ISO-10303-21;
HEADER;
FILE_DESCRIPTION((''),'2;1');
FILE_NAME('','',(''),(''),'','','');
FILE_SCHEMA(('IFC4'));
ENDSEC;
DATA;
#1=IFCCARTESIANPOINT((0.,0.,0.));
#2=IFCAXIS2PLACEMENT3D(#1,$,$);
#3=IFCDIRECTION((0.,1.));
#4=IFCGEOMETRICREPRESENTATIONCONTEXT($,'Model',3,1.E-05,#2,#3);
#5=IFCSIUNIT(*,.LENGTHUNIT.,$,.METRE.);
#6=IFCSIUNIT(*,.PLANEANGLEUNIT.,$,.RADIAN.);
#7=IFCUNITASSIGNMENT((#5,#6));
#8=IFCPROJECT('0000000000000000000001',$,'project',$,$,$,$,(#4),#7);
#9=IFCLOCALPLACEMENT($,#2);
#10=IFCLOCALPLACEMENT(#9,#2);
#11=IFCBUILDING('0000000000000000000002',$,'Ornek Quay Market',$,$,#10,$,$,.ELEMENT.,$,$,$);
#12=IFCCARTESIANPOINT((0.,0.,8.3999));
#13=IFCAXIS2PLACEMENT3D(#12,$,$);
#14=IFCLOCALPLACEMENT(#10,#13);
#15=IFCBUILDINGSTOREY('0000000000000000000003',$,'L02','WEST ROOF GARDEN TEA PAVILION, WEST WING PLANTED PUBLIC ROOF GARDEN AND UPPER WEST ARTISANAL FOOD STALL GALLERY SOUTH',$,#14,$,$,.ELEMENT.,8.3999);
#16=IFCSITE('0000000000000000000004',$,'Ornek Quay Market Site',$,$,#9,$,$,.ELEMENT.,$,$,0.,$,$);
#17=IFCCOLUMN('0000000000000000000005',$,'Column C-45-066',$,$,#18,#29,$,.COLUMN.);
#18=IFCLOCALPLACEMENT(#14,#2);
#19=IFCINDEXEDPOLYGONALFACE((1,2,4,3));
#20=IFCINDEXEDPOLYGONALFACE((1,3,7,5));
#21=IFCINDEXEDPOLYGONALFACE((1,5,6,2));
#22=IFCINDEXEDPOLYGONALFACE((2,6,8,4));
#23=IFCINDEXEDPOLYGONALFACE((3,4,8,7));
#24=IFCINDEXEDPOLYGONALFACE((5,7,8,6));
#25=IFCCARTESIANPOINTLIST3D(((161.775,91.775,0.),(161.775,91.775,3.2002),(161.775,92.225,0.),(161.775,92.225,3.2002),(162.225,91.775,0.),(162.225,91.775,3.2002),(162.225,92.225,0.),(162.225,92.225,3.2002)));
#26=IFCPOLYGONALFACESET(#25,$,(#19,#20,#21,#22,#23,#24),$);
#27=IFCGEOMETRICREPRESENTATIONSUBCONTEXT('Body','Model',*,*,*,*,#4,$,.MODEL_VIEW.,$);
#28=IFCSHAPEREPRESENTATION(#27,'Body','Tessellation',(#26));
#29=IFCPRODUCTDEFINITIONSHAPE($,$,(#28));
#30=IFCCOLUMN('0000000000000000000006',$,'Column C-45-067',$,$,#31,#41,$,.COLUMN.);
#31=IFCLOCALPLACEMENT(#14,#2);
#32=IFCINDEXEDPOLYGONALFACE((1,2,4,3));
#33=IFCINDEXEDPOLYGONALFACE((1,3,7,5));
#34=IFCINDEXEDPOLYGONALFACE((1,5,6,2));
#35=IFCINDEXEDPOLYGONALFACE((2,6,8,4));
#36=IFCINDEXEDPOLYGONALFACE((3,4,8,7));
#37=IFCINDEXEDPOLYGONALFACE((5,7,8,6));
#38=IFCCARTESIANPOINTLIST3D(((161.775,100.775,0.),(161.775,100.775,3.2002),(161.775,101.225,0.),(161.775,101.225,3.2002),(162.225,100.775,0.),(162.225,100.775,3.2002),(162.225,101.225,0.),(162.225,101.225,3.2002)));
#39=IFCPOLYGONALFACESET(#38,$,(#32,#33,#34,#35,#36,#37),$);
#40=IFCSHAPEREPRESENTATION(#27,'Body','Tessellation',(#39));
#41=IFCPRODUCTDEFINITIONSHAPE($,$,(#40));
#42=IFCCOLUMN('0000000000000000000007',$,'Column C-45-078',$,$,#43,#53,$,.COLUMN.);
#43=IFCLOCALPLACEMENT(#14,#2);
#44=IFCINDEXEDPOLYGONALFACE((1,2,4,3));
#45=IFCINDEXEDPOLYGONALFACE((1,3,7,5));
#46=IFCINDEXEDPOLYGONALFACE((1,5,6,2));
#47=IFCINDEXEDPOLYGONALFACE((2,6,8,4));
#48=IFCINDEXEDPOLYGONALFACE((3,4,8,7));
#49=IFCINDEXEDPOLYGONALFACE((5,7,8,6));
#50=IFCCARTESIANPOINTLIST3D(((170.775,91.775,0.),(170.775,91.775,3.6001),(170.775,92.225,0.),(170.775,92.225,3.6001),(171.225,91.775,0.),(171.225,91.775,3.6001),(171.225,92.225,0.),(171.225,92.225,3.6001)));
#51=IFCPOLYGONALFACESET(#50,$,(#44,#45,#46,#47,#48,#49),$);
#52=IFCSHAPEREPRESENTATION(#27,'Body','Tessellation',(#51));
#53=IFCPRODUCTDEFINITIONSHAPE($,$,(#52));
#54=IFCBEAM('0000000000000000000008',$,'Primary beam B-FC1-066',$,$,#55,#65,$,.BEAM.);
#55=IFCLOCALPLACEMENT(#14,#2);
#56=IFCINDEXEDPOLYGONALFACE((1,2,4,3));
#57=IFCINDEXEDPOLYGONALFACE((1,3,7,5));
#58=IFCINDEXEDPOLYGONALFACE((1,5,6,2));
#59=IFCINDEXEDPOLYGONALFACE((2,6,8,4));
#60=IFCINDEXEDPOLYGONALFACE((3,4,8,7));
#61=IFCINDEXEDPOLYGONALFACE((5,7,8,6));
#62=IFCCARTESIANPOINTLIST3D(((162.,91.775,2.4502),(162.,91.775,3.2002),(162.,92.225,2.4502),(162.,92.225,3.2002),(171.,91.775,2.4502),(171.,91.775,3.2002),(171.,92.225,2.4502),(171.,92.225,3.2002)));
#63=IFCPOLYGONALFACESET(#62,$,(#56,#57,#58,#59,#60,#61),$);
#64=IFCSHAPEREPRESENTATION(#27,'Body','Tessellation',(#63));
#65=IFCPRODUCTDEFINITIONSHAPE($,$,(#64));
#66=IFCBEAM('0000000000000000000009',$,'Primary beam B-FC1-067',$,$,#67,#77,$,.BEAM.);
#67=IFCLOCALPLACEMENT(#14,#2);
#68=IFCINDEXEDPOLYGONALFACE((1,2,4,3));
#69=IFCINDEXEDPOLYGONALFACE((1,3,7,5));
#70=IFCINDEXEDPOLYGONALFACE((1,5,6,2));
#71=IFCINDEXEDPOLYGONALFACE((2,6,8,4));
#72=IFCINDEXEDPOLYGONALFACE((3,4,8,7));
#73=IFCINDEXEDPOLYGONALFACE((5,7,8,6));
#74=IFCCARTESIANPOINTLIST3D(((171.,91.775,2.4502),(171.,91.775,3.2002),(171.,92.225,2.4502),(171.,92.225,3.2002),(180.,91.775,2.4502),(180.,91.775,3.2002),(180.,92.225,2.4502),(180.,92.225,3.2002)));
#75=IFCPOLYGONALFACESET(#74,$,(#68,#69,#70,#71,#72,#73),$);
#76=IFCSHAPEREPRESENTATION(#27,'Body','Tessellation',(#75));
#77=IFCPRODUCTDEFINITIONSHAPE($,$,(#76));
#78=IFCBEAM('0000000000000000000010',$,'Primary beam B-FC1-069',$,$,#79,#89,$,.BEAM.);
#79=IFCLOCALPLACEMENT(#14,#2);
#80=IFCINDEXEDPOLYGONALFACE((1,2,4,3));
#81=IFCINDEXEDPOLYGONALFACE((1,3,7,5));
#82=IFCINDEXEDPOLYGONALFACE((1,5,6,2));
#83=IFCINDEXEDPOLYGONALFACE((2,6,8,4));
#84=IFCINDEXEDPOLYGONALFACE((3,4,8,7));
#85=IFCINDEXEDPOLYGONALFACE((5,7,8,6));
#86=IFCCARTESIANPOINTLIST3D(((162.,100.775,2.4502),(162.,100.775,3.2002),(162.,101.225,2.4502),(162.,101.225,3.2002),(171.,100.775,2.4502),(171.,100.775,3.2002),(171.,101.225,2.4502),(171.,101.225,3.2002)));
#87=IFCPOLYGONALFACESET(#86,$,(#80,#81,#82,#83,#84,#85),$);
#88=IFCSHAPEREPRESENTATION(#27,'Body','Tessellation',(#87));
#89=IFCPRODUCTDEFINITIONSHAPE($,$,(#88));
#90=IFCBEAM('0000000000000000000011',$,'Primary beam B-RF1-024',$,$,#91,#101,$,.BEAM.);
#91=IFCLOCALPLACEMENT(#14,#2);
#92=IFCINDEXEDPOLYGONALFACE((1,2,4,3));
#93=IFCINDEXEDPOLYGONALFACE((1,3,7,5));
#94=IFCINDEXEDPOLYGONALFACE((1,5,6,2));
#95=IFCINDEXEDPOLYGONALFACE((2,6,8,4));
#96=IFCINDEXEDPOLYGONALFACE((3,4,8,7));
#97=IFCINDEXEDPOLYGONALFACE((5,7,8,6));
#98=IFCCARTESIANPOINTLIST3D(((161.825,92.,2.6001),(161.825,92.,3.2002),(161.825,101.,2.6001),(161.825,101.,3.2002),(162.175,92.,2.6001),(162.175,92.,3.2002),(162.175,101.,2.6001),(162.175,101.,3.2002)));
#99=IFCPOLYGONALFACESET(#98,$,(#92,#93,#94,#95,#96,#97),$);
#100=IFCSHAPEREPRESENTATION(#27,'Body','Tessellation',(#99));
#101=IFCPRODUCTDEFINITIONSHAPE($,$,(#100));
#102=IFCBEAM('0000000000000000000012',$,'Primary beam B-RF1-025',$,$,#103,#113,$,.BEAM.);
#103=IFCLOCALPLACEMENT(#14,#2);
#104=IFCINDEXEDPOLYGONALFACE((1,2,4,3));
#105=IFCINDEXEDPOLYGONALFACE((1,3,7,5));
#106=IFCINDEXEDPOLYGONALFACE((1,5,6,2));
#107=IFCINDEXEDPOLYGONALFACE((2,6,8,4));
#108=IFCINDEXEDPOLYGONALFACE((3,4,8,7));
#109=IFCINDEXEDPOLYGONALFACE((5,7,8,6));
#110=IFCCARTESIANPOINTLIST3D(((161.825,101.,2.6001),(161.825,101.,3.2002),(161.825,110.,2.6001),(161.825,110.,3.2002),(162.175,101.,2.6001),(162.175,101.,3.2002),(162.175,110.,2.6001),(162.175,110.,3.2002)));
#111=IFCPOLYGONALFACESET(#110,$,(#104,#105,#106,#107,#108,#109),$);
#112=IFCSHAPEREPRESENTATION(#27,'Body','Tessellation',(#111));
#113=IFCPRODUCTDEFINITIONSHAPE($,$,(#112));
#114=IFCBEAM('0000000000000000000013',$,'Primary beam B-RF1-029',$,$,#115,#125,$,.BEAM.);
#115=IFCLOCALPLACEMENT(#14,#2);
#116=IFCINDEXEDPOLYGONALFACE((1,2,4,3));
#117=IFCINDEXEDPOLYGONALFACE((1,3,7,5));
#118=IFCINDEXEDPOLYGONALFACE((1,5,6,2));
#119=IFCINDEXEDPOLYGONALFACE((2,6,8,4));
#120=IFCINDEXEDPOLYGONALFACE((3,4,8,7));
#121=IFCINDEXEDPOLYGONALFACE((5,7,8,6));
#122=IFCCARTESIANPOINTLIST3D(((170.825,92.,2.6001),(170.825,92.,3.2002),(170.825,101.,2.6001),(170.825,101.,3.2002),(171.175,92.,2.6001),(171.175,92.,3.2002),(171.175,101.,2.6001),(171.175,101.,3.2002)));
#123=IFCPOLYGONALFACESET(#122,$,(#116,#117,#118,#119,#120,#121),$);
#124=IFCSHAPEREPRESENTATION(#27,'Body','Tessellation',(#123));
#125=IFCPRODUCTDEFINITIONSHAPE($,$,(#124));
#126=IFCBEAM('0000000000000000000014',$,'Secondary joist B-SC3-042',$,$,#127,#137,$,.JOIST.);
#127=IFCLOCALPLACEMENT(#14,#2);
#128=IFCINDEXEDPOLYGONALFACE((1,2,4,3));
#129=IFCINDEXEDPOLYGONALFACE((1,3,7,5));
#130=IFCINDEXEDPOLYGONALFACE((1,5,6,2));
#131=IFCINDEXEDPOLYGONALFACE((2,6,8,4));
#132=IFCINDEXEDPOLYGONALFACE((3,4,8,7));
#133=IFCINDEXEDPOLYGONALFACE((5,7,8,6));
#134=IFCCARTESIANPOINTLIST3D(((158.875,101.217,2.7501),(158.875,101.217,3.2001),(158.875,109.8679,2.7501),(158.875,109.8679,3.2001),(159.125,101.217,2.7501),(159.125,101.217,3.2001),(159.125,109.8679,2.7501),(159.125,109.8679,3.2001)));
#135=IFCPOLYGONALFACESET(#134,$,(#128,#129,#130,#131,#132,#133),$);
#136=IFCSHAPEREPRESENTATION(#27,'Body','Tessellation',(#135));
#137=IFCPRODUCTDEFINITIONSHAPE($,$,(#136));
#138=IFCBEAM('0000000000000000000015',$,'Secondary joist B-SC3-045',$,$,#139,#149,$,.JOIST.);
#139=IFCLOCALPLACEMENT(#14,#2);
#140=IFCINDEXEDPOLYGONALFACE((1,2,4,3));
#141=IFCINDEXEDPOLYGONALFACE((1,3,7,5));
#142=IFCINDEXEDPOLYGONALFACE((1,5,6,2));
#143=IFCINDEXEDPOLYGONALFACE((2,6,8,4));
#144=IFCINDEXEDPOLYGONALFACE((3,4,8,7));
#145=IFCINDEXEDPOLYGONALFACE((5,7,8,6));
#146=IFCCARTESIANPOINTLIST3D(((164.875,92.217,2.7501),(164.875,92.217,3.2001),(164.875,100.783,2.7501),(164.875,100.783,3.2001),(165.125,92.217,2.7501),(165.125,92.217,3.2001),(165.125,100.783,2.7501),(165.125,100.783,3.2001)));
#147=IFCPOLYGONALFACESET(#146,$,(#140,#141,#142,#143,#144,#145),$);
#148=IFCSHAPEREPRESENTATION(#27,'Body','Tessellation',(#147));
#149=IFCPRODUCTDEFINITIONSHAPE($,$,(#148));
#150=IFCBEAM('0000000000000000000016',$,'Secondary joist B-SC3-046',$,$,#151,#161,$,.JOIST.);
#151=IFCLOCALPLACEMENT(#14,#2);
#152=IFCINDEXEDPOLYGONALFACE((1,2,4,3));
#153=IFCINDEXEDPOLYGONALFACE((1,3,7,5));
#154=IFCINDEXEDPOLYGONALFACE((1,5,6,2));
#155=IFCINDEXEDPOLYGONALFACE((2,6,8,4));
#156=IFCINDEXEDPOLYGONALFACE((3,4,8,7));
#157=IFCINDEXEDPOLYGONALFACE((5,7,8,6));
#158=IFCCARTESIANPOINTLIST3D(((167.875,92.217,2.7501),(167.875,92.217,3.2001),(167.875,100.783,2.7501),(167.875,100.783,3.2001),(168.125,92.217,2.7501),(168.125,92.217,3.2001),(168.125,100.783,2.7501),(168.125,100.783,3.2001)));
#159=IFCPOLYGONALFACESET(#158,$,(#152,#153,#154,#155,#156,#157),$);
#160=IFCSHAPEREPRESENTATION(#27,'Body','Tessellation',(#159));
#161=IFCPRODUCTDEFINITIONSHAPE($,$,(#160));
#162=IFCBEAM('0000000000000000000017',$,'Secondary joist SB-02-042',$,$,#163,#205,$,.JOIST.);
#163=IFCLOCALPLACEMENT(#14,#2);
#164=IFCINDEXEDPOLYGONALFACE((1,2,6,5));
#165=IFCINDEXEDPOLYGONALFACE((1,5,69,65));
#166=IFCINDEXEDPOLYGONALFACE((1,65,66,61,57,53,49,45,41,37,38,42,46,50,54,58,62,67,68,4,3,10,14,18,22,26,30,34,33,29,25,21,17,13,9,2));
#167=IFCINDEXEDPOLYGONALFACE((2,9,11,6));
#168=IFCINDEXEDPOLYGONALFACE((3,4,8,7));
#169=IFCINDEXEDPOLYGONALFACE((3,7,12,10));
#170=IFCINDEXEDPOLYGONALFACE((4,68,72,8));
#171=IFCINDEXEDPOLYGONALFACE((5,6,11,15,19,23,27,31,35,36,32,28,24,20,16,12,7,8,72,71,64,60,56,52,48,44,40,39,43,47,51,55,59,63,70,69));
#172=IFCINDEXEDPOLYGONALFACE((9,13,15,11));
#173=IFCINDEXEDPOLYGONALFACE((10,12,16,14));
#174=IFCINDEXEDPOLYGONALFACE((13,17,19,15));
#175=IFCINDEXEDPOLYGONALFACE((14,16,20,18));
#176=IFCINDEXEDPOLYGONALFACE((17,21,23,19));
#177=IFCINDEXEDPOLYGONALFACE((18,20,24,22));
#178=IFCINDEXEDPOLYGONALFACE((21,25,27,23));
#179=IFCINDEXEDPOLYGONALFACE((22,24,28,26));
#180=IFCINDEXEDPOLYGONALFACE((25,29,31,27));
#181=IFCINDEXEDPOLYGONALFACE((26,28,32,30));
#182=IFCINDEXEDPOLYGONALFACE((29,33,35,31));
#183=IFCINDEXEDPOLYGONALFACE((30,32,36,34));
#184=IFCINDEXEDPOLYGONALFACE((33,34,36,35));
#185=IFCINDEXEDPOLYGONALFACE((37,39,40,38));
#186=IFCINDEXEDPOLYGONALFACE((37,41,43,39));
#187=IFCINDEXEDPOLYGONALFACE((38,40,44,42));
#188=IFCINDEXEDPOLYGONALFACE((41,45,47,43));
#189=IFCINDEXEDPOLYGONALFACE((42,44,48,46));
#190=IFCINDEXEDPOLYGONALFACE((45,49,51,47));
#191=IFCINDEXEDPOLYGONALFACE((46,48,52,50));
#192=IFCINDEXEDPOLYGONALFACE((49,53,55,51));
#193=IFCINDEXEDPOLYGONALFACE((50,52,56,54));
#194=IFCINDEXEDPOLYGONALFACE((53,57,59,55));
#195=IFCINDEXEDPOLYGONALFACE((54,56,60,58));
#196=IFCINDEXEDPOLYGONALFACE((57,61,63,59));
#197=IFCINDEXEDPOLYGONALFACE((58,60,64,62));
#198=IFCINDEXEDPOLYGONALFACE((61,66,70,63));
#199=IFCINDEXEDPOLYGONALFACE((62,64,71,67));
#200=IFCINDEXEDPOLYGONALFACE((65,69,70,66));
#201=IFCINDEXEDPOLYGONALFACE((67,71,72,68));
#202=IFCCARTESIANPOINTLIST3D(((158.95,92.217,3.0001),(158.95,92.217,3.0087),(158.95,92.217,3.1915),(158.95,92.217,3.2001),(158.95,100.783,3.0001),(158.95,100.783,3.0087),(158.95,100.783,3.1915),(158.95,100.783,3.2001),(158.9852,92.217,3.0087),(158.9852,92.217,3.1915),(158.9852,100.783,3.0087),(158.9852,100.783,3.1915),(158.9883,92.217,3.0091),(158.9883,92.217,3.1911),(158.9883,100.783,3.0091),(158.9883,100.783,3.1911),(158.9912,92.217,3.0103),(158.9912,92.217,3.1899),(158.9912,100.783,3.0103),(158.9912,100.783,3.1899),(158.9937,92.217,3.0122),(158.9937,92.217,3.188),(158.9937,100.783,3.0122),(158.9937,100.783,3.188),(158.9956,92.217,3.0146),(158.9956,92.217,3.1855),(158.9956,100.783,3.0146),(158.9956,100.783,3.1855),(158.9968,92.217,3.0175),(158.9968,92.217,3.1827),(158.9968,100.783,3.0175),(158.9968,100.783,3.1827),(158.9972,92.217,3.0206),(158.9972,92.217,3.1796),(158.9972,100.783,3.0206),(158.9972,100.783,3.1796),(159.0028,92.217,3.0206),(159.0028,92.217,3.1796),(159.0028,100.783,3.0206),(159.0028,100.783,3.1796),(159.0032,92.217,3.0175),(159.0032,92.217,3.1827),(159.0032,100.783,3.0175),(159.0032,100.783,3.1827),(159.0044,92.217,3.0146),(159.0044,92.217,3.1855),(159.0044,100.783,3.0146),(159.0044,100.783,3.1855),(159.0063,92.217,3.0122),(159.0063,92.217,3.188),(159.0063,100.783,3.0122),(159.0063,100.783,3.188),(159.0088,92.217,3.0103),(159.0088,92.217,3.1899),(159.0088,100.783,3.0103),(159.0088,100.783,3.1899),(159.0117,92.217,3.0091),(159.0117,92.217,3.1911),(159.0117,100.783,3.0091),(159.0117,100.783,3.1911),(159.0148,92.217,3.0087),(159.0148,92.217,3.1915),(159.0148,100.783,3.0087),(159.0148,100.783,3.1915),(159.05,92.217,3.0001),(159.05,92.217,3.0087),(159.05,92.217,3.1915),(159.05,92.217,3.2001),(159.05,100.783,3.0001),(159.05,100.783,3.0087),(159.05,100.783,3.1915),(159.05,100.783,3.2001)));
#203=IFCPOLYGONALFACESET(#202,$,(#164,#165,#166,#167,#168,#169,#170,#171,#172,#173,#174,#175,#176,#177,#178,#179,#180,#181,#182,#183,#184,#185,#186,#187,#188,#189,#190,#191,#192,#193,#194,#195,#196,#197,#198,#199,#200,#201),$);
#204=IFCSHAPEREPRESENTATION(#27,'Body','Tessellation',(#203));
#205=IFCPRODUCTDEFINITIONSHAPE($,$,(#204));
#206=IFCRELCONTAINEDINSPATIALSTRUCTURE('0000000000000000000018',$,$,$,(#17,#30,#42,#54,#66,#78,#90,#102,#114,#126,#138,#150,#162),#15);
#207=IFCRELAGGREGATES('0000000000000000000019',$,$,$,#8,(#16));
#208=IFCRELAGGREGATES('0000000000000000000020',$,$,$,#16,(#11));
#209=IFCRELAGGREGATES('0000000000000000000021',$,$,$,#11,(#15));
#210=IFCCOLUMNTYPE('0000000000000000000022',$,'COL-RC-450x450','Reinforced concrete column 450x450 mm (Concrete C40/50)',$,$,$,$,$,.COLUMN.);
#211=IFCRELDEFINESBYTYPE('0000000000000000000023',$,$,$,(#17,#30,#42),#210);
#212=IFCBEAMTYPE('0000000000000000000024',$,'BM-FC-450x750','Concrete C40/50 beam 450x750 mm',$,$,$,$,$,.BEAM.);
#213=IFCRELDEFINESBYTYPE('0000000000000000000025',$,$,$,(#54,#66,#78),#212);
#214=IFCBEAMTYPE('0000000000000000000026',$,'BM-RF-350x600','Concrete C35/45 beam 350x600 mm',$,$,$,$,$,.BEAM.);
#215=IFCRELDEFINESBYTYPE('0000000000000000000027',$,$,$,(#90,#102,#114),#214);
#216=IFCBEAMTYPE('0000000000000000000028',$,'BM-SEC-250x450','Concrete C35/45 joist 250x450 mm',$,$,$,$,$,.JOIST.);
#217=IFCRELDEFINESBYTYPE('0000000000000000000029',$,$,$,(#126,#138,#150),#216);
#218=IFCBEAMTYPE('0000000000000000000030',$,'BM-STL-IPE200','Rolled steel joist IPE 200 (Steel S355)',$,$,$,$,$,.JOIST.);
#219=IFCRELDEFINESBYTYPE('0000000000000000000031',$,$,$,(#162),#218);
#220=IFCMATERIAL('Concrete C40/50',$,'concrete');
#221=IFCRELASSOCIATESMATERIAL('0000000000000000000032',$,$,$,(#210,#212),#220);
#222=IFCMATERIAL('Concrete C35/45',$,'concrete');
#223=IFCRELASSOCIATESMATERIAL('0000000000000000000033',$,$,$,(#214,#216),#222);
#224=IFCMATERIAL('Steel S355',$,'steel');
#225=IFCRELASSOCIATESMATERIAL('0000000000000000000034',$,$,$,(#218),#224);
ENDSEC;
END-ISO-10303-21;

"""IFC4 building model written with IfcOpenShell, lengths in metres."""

from ifc_helpers import new_model, si_unit, direction, frame, origin, origin_2d, place, context, subcontext, project, spatial, rectangle, i_section, extrude, material, material_profile, profile_set, type_object, element, save


model = new_model("IFC4")

# Units and contexts
model_context = context("Model", 3, precision=1e-05, world=origin(), true_north=direction((0.0, 1.0)))
body_context = subcontext(model_context, "Body", "Model", "MODEL_VIEW")
ifc_project = project(units=[si_unit("LENGTHUNIT", "METRE"), si_unit("PLANEANGLEUNIT", "RADIAN")], contexts=[model_context])

# Site, building, storey
site_placement = place(None, origin())
site = spatial("IfcSite", under=ifc_project, at=site_placement, Name="Ornek Quay Market Site", CompositionType="ELEMENT", RefElevation=0.0)
building_placement = place(site_placement, origin())
building = spatial("IfcBuilding", under=site, at=building_placement, Name="Ornek Quay Market", CompositionType="ELEMENT")
storey_placement = place(building_placement, frame((0.0, 0.0, 8.3999)))
storey = spatial("IfcBuildingStorey", under=building, at=storey_placement, Name="L02", Description="WEST ROOF GARDEN TEA PAVILION, WEST WING PLANTED PUBLIC ROOF GARDEN AND UPPER WEST ARTISANAL FOOD STALL GALLERY SOUTH", CompositionType="ELEMENT", Elevation=8.3999)

# Columns
ifc_material_1 = material(Name="Concrete C40/50", Category="concrete")
ifc_material_profile_1 = material_profile(ifc_material_1, rectangle(XDim=0.45, YDim=0.45, at=origin_2d()), Name="RC 450x450", Category="concrete")
ifc_profile_set_1 = profile_set([ifc_material_profile_1], Name="Concrete C40/50")
column_type = type_object("IfcColumnType", Name="COL-RC-450x450", Description="Reinforced concrete column 450x450 mm (Concrete C40/50)", PredefinedType="COLUMN", material=ifc_profile_set_1)
for number, where, z_axis, x_axis, name in (
    (1, (162.0, 92.0, 0.0), (0.0, 0.0, 1.0), (1.0, 0.0, 0.0), "Column C-45-066"),
    (2, (162.0, 101.0, 0.0), (0.0, 0.0, 1.0), (1.0, 0.0, 0.0), "Column C-45-067"),
):
    element("IfcColumn", number, at=place(storey_placement, frame(where, z_axis=z_axis, x_axis=x_axis)), inside=storey, type_object=column_type, Name=name, PredefinedType="COLUMN", context=body_context, shape_type="SweptSolid", body=[
        extrude(rectangle(XDim=0.45, YDim=0.45, at=origin_2d()), origin(), (0.0, 0.0, 1.0), 3.2002),
    ])
column_placement = place(storey_placement, frame((171.0, 92.0, 0.0), z_axis=(0.0, 0.0, 1.0), x_axis=(1.0, 0.0, 0.0)))
element("IfcColumn", 3, at=column_placement, inside=storey, type_object=column_type, Name="Column C-45-078", PredefinedType="COLUMN", context=body_context, shape_type="SweptSolid", body=[
    extrude(rectangle(XDim=0.45, YDim=0.45, at=origin_2d()), origin(), (0.0, 0.0, 1.0), 3.6001),
])

# Beams
ifc_material_profile_2 = material_profile(ifc_material_1, rectangle(XDim=0.45, YDim=0.75, at=origin_2d()), Name="RC 450x750", Category="concrete")
ifc_profile_set_2 = profile_set([ifc_material_profile_2], Name="Concrete C40/50")
beam_type_1 = type_object("IfcBeamType", Name="BM-FC-450x750", Description="Concrete C40/50 beam 450x750 mm", PredefinedType="BEAM", material=ifc_profile_set_2)
for number, where, z_axis, x_axis, name in (
    (4, (162.0, 92.0, 2.8252), (1.0, 0.0, 0.0), (0.0, 1.0, 0.0), "Primary beam B-FC1-066"),
    (5, (171.0, 92.0, 2.8252), (1.0, 0.0, 0.0), (0.0, 1.0, 0.0), "Primary beam B-FC1-067"),
    (6, (162.0, 101.0, 2.8252), (1.0, 0.0, 0.0), (0.0, 1.0, 0.0), "Primary beam B-FC1-069"),
):
    element("IfcBeam", number, at=place(storey_placement, frame(where, z_axis=z_axis, x_axis=x_axis)), inside=storey, type_object=beam_type_1, Name=name, PredefinedType="BEAM", context=body_context, shape_type="SweptSolid", body=[
        extrude(rectangle(XDim=0.45, YDim=0.75, at=origin_2d()), origin(), (0.0, 0.0, 1.0), 9.0),
    ])
ifc_material_2 = material(Name="Concrete C35/45", Category="concrete")
ifc_material_profile_3 = material_profile(ifc_material_2, rectangle(XDim=0.3501, YDim=0.6001, at=origin_2d()), Name="RC 350x600", Category="concrete")
ifc_profile_set_3 = profile_set([ifc_material_profile_3], Name="Concrete C35/45")
beam_type_2 = type_object("IfcBeamType", Name="BM-RF-350x600", Description="Concrete C35/45 beam 350x600 mm", PredefinedType="BEAM", material=ifc_profile_set_3)
for number, where, z_axis, x_axis, name in (
    (7, (162.0, 92.0, 2.9001), (0.0, 1.0, 0.0), (-1.0, 0.0, 0.0), "Primary beam B-RF1-024"),
    (8, (162.0, 101.0, 2.9001), (0.0, 1.0, 0.0), (-1.0, 0.0, 0.0), "Primary beam B-RF1-025"),
    (9, (171.0, 92.0, 2.9001), (0.0, 1.0, 0.0), (-1.0, 0.0, 0.0), "Primary beam B-RF1-029"),
):
    element("IfcBeam", number, at=place(storey_placement, frame(where, z_axis=z_axis, x_axis=x_axis)), inside=storey, type_object=beam_type_2, Name=name, PredefinedType="BEAM", context=body_context, shape_type="SweptSolid", body=[
        extrude(rectangle(XDim=0.3501, YDim=0.6001, at=origin_2d()), origin(), (0.0, 0.0, 1.0), 9.0),
    ])
ifc_material_profile_4 = material_profile(ifc_material_2, rectangle(XDim=0.25, YDim=0.45, at=origin_2d()), Name="RC 250x450", Category="concrete")
ifc_profile_set_4 = profile_set([ifc_material_profile_4], Name="Concrete C35/45")
beam_type_3 = type_object("IfcBeamType", Name="BM-SEC-250x450", Description="Concrete C35/45 joist 250x450 mm", PredefinedType="JOIST", material=ifc_profile_set_4)
beam_1_placement = place(storey_placement, frame((159.0, 101.217, 2.9751), z_axis=(0.0, 1.0, 0.0), x_axis=(-1.0, 0.0, 0.0)))
element("IfcBeam", 10, at=beam_1_placement, inside=storey, type_object=beam_type_3, Name="Secondary joist B-SC3-042", PredefinedType="JOIST", context=body_context, shape_type="SweptSolid", body=[
    extrude(rectangle(XDim=0.25, YDim=0.45, at=origin_2d()), origin(), (0.0, 0.0, 1.0), 8.6509),
])
for number, where, z_axis, x_axis, name in (
    (11, (165.0, 92.217, 2.9751), (0.0, 1.0, 0.0), (-1.0, 0.0, 0.0), "Secondary joist B-SC3-045"),
    (12, (168.0, 92.217, 2.9751), (0.0, 1.0, 0.0), (-1.0, 0.0, 0.0), "Secondary joist B-SC3-046"),
):
    element("IfcBeam", number, at=place(storey_placement, frame(where, z_axis=z_axis, x_axis=x_axis)), inside=storey, type_object=beam_type_3, Name=name, PredefinedType="JOIST", context=body_context, shape_type="SweptSolid", body=[
        extrude(rectangle(XDim=0.25, YDim=0.45, at=origin_2d()), origin(), (0.0, 0.0, 1.0), 8.5659),
    ])
ifc_material_3 = material(Name="Steel S355", Category="steel")
ifc_material_profile_5 = material_profile(ifc_material_3, i_section(OverallWidth=0.1001, OverallDepth=0.2, WebThickness=0.0056, FlangeThickness=0.0085, FilletRadius=0.012, at=origin_2d()), Name="IPE 200", Category="steel")
ifc_profile_set_5 = profile_set([ifc_material_profile_5], Name="Steel S355")
beam_type_4 = type_object("IfcBeamType", Name="BM-STL-IPE200", Description="Rolled steel joist IPE 200 (Steel S355)", PredefinedType="JOIST", material=ifc_profile_set_5)
beam_2_placement = place(storey_placement, frame((159.0, 92.217, 3.1001), z_axis=(0.0, 1.0, 0.0), x_axis=(-1.0, 0.0, 0.0)))
element("IfcBeam", 13, at=beam_2_placement, inside=storey, type_object=beam_type_4, Name="Secondary joist SB-02-042", PredefinedType="JOIST", context=body_context, shape_type="SweptSolid", body=[
    extrude(i_section(OverallWidth=0.1001, OverallDepth=0.2, WebThickness=0.0056, FlangeThickness=0.0085, FilletRadius=0.012, at=origin_2d()), origin(), (0.0, 0.0, 1.0), 8.5659),
])

save(model, "model.ifc")
